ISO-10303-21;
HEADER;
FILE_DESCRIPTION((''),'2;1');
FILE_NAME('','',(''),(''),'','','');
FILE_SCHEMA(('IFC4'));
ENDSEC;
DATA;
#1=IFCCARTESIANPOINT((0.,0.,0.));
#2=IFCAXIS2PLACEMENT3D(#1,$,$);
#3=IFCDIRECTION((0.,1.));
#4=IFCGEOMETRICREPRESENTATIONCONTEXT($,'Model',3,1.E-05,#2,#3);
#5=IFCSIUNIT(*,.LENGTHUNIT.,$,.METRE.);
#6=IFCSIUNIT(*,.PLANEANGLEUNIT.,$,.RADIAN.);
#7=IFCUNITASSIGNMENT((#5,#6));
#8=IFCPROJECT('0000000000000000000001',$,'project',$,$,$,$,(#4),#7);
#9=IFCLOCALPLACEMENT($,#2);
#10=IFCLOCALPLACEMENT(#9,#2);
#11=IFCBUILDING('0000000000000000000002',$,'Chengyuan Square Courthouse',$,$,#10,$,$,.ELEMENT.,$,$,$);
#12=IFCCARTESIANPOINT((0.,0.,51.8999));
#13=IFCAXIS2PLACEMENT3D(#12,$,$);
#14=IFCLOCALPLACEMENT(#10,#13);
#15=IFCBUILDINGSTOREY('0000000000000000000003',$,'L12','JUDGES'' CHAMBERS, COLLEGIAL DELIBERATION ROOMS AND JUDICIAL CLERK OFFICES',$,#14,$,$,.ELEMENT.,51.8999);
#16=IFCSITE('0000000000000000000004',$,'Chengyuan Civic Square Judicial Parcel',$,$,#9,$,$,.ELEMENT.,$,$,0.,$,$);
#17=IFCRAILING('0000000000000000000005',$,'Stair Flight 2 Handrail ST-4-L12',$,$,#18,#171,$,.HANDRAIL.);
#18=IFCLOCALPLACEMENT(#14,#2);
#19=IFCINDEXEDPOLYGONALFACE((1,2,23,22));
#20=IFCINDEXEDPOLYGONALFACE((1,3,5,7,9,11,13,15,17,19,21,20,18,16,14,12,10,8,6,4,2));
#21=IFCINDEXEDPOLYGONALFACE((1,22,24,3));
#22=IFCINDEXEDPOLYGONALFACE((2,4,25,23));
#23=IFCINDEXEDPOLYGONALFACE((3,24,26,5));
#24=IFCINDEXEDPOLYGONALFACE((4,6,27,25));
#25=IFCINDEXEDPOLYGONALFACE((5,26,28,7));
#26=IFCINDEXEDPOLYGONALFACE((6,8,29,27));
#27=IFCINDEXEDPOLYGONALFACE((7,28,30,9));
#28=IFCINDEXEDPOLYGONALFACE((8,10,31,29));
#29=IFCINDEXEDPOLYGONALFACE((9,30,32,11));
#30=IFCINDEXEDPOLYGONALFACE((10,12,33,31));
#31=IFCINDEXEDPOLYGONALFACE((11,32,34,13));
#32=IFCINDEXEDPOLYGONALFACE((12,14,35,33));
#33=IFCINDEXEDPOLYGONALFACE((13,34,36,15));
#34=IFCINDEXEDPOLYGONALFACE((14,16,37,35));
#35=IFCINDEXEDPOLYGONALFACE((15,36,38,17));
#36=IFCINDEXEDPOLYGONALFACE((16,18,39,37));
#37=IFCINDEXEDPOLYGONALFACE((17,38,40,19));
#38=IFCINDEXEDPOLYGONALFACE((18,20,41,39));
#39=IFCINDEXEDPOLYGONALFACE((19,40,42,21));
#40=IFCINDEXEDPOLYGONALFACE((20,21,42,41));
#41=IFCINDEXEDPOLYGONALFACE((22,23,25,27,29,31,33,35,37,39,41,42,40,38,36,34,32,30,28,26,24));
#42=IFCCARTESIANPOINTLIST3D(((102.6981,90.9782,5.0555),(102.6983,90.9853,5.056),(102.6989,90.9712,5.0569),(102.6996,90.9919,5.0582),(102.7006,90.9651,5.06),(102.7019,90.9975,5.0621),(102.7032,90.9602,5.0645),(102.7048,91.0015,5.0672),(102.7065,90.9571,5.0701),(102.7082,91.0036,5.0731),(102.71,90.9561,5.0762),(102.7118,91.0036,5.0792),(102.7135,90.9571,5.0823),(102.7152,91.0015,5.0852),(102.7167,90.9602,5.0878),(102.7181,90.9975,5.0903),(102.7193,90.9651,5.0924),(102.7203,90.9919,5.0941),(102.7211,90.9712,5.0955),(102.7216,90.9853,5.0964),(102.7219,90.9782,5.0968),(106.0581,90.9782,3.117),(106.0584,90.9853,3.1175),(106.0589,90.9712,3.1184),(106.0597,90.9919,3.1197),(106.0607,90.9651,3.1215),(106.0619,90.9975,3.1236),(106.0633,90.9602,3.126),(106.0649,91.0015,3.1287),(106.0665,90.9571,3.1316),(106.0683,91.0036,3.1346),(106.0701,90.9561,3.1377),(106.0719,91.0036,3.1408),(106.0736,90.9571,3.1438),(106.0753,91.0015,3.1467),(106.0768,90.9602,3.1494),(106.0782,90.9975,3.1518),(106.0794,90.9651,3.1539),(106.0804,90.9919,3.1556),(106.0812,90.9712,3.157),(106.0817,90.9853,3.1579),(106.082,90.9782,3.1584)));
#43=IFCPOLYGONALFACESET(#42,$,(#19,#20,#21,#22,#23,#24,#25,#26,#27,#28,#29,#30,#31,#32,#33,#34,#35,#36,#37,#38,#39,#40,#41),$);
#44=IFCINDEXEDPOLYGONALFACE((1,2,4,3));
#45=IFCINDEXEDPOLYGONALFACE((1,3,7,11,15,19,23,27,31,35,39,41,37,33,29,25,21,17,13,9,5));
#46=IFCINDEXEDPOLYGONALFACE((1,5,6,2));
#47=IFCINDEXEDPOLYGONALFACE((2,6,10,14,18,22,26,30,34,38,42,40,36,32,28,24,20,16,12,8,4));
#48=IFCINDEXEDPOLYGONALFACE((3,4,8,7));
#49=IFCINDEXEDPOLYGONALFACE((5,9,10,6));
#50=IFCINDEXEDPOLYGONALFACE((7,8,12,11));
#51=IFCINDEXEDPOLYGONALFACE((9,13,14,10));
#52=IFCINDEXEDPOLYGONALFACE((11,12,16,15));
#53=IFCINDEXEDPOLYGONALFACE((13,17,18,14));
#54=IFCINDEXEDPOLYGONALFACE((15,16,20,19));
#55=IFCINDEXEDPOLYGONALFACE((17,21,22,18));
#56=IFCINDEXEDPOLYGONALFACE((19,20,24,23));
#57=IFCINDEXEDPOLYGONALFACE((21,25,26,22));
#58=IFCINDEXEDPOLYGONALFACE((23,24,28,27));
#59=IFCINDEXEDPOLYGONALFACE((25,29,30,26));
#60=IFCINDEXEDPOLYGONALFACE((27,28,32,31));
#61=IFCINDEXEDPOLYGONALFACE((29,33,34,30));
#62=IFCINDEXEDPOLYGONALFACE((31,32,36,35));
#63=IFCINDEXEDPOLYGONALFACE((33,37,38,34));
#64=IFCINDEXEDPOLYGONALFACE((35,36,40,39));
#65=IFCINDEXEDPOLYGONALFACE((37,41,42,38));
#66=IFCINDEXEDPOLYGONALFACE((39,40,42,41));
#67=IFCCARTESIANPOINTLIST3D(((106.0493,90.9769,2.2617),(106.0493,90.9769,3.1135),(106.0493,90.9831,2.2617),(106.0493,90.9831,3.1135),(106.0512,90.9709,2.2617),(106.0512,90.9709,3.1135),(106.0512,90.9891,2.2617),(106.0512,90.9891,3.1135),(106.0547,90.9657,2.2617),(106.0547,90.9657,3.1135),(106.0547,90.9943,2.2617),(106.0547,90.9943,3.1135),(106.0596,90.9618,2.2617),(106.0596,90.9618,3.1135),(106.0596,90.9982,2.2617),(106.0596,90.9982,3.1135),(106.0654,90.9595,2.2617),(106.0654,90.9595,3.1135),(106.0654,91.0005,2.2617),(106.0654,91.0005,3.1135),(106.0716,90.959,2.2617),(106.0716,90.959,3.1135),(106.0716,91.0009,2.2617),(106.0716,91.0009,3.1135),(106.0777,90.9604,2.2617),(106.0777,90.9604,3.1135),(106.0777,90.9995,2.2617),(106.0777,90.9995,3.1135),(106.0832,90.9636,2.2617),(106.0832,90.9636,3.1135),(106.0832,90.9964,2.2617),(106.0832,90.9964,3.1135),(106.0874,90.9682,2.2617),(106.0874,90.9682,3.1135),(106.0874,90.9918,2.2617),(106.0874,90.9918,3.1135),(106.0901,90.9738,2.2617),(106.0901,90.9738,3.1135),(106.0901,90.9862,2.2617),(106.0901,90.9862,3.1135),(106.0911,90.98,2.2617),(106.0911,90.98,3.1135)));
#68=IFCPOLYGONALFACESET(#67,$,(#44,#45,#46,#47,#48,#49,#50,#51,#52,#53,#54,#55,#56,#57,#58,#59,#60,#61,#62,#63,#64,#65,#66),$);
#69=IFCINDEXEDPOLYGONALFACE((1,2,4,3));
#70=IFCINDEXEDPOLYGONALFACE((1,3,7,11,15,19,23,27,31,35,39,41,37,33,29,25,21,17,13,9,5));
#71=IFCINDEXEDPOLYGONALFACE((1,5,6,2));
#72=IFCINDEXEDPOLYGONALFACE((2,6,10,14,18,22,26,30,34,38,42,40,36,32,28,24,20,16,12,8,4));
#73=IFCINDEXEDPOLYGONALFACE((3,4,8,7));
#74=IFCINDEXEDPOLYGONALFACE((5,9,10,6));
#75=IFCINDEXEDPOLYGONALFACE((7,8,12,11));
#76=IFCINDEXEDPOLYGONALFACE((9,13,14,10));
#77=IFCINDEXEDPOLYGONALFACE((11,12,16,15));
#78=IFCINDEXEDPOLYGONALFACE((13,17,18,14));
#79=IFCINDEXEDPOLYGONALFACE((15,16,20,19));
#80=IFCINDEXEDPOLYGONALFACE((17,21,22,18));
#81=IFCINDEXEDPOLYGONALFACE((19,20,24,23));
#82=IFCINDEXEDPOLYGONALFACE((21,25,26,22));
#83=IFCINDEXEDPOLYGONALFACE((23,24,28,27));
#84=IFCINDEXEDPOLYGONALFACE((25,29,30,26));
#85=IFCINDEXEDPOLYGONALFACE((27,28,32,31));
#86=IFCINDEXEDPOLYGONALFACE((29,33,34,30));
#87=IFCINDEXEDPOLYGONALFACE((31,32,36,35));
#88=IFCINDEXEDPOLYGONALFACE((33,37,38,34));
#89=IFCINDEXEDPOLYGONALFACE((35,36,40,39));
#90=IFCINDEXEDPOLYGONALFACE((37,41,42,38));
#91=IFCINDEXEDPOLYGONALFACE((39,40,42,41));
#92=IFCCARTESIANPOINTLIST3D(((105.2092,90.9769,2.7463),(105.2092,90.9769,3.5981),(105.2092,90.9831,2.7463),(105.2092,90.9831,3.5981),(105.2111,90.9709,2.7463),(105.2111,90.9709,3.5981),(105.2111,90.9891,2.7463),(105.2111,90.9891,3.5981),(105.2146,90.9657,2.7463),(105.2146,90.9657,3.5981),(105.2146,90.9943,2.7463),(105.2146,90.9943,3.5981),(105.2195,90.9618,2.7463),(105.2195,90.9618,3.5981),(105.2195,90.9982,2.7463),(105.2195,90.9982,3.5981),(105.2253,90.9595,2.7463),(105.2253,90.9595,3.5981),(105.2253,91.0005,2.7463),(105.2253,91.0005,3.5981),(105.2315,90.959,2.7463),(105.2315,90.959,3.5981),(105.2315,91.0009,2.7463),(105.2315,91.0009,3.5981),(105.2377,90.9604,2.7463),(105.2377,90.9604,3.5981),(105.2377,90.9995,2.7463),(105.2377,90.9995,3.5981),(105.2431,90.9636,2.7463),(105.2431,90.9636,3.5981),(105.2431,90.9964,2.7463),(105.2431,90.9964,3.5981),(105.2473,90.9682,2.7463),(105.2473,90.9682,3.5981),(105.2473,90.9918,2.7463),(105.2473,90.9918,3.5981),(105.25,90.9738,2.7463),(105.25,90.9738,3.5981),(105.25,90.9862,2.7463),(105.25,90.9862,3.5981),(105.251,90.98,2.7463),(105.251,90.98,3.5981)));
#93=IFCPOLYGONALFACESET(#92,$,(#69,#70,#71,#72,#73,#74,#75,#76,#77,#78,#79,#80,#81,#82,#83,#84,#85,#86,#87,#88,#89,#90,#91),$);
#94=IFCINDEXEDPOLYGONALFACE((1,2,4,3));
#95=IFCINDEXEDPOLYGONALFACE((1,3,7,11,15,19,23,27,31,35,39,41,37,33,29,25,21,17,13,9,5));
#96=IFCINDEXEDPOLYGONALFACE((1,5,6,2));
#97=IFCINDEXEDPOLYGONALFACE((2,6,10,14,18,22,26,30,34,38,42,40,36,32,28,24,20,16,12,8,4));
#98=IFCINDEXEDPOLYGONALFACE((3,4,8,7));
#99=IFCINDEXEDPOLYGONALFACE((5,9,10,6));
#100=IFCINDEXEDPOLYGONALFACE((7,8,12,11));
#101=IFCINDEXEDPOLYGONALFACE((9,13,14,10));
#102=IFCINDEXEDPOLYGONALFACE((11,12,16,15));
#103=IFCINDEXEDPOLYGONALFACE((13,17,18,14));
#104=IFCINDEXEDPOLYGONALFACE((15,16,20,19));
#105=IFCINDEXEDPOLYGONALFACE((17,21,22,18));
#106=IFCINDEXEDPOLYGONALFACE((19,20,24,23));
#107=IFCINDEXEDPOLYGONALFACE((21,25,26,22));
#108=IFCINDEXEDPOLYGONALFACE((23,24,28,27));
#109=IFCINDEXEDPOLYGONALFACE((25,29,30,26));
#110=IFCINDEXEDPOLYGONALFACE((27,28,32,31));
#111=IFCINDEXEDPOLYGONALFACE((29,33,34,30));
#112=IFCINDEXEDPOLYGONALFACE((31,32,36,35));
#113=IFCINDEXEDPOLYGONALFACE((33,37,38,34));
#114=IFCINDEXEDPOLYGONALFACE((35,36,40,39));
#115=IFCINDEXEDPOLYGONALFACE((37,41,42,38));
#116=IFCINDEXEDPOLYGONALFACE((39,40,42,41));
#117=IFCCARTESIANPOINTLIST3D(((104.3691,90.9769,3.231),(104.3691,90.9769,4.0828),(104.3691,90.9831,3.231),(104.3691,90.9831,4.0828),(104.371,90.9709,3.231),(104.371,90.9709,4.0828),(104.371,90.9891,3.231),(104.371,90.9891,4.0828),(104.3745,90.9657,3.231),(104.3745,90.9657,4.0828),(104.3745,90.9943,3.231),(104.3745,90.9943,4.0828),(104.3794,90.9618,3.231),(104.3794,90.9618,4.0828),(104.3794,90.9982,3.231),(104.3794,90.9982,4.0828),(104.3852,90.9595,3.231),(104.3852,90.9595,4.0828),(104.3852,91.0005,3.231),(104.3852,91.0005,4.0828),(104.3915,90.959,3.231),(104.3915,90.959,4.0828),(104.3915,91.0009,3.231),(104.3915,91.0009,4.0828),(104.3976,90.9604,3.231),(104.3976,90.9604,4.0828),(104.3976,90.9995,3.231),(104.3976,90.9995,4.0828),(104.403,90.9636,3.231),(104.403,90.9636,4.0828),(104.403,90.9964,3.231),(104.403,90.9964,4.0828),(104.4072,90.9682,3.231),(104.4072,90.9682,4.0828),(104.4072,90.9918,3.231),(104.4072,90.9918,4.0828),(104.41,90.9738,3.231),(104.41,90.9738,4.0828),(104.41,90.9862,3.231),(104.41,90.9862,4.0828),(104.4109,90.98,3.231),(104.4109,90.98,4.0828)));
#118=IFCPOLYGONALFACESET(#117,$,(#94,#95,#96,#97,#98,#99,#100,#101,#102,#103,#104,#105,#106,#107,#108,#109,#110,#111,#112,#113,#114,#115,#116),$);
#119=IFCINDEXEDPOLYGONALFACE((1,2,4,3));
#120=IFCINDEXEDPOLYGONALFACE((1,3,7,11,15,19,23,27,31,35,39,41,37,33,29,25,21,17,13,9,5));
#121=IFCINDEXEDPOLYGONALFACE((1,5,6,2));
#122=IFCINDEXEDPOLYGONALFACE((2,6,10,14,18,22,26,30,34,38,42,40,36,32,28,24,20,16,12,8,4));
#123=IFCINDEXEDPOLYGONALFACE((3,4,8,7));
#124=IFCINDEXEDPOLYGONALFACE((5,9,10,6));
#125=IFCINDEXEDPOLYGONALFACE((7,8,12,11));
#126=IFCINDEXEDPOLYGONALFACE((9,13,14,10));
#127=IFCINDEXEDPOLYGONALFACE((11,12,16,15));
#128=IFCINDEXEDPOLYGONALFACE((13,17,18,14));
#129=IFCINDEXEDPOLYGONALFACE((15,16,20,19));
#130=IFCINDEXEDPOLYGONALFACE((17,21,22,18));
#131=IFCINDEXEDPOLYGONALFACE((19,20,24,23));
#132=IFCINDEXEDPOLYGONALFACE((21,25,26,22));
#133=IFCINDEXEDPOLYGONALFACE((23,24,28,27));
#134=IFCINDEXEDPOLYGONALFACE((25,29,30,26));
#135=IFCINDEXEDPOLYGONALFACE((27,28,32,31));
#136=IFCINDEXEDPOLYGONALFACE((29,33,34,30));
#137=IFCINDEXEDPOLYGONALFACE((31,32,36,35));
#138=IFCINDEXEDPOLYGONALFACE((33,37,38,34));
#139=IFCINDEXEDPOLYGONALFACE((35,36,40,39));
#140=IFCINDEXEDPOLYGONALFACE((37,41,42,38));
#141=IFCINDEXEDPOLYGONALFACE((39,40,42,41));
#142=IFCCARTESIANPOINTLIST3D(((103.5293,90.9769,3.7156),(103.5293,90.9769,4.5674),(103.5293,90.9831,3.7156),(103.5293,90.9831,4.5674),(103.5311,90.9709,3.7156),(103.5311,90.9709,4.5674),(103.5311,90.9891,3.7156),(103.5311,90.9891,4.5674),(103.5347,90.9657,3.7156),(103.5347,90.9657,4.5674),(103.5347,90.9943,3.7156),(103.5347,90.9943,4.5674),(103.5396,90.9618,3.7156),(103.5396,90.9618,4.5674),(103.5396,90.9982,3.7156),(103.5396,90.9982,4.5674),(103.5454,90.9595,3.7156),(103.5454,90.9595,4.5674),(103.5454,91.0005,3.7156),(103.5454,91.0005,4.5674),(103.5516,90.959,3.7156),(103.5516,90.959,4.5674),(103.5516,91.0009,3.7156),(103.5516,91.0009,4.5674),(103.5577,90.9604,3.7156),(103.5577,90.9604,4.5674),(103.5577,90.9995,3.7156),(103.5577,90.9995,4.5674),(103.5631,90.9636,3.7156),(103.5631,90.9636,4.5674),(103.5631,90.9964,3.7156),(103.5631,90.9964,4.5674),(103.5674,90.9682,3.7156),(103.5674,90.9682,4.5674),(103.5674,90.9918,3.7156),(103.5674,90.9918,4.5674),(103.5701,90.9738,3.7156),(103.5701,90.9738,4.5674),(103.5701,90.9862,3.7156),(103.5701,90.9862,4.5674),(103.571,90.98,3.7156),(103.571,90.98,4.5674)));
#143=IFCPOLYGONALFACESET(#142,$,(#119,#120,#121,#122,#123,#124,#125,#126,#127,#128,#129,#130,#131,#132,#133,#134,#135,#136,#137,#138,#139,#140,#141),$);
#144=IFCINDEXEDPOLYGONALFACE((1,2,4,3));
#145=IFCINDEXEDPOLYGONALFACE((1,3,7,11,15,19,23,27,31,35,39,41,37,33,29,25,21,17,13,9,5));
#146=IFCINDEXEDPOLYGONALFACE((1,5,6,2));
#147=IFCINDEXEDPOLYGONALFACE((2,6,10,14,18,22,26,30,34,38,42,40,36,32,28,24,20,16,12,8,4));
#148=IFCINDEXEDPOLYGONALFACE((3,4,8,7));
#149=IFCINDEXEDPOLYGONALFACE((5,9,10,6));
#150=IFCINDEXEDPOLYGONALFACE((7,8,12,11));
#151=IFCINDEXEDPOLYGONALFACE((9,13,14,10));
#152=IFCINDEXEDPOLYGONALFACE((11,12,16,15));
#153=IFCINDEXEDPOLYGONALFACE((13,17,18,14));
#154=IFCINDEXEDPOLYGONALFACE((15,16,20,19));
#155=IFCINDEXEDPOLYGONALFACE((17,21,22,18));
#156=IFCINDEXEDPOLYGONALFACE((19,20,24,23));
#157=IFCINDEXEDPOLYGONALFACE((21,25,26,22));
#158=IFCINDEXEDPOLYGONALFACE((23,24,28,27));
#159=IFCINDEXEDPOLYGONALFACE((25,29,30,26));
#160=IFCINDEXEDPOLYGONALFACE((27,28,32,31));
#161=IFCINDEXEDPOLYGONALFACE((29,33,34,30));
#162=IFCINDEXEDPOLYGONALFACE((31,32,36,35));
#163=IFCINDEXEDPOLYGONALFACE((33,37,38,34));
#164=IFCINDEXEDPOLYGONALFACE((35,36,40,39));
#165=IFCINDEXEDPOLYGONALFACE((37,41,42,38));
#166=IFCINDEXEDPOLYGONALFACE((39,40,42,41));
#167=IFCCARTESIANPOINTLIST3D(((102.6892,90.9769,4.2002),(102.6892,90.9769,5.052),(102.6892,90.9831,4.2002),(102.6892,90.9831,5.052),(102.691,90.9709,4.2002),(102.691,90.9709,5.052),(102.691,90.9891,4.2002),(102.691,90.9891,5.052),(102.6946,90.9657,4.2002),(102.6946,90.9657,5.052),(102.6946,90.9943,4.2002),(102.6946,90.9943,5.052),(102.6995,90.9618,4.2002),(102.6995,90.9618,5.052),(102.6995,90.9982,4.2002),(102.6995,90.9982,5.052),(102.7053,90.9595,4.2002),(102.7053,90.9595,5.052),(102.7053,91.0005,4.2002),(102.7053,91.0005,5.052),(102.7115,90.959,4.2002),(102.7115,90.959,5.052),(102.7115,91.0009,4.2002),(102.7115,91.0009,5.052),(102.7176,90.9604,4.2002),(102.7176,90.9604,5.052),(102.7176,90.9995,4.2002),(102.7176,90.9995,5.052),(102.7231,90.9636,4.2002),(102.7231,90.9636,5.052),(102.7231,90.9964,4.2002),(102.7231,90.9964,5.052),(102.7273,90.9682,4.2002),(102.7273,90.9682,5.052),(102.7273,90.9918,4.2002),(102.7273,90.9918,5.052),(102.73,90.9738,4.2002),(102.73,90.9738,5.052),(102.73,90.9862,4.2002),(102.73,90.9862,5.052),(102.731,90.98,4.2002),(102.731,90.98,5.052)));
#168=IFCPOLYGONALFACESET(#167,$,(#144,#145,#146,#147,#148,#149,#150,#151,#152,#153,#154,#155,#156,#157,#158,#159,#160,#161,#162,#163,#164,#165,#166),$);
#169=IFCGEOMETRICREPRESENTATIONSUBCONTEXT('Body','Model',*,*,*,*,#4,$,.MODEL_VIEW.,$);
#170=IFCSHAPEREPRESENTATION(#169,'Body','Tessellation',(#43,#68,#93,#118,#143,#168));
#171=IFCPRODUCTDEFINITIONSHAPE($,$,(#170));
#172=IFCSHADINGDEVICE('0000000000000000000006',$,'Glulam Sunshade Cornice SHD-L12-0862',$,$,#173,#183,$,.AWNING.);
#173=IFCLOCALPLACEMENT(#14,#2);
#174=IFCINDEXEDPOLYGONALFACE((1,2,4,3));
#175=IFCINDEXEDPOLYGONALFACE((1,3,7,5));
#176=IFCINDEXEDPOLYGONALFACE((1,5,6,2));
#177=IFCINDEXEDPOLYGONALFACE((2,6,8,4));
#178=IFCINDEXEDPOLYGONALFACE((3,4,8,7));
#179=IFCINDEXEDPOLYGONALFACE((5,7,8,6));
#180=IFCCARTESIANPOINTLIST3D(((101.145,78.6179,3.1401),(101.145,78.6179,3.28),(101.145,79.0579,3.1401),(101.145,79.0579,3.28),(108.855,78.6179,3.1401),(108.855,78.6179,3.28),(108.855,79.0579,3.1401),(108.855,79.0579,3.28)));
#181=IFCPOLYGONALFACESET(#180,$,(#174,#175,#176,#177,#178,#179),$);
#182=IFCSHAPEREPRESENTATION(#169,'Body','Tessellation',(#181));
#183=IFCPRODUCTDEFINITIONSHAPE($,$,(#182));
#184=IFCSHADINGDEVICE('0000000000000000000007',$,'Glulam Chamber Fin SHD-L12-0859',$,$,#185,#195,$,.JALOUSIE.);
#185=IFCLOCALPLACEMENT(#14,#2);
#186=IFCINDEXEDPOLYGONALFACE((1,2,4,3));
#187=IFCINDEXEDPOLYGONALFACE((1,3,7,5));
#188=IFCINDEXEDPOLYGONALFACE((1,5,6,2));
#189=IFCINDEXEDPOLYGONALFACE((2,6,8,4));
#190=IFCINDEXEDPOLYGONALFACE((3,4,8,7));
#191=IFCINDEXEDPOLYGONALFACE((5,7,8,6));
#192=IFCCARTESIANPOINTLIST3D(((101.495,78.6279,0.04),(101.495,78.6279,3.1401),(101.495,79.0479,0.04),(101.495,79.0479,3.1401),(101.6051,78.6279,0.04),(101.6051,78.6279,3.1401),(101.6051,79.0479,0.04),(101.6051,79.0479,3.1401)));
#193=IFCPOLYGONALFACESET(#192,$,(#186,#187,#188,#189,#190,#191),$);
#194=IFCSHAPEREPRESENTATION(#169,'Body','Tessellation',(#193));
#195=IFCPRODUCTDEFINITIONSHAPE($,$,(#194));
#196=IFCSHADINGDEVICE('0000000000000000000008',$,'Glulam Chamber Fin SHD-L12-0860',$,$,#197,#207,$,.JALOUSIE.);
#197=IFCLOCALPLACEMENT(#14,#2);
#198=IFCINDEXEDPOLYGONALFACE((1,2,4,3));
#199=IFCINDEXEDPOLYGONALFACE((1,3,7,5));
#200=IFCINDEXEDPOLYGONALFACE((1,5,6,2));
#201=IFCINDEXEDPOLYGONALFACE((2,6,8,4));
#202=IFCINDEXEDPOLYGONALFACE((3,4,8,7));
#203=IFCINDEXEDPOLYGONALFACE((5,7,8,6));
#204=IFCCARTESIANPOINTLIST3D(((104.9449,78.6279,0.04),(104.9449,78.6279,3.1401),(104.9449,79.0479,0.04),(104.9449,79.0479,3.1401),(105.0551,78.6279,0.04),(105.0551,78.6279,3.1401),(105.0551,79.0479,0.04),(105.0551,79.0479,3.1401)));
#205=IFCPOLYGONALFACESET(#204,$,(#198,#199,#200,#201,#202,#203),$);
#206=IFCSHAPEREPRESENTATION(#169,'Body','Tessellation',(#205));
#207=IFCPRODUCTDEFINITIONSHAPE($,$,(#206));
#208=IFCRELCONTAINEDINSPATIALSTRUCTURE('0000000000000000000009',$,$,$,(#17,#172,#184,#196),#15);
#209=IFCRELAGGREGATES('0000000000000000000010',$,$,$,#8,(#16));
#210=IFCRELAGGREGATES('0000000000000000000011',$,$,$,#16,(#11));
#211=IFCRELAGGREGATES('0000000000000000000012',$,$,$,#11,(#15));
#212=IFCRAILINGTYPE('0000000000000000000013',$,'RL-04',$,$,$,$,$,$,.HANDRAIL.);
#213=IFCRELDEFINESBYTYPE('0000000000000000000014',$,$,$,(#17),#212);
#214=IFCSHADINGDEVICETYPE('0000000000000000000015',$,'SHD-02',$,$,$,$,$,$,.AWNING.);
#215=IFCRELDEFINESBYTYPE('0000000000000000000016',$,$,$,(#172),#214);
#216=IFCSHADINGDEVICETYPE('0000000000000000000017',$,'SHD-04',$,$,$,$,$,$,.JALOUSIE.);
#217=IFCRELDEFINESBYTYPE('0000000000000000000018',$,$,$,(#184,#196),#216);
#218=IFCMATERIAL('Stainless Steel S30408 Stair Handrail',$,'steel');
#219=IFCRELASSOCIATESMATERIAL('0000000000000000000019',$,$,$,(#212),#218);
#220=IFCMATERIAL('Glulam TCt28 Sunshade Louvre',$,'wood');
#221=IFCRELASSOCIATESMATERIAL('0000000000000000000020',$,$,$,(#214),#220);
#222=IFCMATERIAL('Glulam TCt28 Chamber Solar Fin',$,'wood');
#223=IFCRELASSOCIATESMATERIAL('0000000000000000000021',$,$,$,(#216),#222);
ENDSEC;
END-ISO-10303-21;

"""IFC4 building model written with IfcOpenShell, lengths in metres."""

from ifc_helpers import new_model, si_unit, direction, frame, origin, origin_2d, place, context, subcontext, project, spatial, rectangle, circle, extrude, material, type_object, element, save


model = new_model("IFC4")

# Units and contexts
model_context = context("Model", 3, precision=1e-05, world=origin(), true_north=direction((0.0, 1.0)))
body_context = subcontext(model_context, "Body", "Model", "MODEL_VIEW")
ifc_project = project(units=[si_unit("LENGTHUNIT", "METRE"), si_unit("PLANEANGLEUNIT", "RADIAN")], contexts=[model_context])

# Site, building, storey
site_placement = place(None, origin())
site = spatial("IfcSite", under=ifc_project, at=site_placement, Name="Chengyuan Civic Square Judicial Parcel", CompositionType="ELEMENT", RefElevation=0.0)
building_placement = place(site_placement, origin())
building = spatial("IfcBuilding", under=site, at=building_placement, Name="Chengyuan Square Courthouse", CompositionType="ELEMENT")
storey_placement = place(building_placement, frame((0.0, 0.0, 51.8999)))
storey = spatial("IfcBuildingStorey", under=building, at=storey_placement, Name="L12", Description="JUDGES' CHAMBERS, COLLEGIAL DELIBERATION ROOMS AND JUDICIAL CLERK OFFICES", CompositionType="ELEMENT", Elevation=51.8999)

# Railing
ifc_material_1 = material(Name="Stainless Steel S30408 Stair Handrail", Category="steel")
railing_type_1 = type_object("IfcRailingType", Name="RL-04", PredefinedType="HANDRAIL", material=ifc_material_1)
railing_1_placement = place(storey_placement, frame((106.0701, 90.98, 2.2617)))
element("IfcRailing", 1, at=railing_1_placement, inside=storey, type_object=railing_type_1, Name="Stair Flight 2 Handrail ST-4-L12", PredefinedType="HANDRAIL", context=body_context, shape_type="SweptSolid", body=[
    extrude(circle(Radius=0.0239, at=origin_2d()), frame((0.0, 0.0, 0.876), z_axis=(-0.866191, 0.0, 0.499713), x_axis=(0.0, -1.0, 0.0)), (0.0, 0.0, 1.0), 3.8792),
    extrude(circle(Radius=0.021, at=origin_2d()), origin(), (0.0, 0.0, 1.0), 0.8518),
    extrude(circle(Radius=0.021, at=origin_2d()), frame((-0.8401, 0.0, 0.4846)), (0.0, 0.0, 1.0), 0.8518),
    extrude(circle(Radius=0.021, at=origin_2d()), frame((-1.6802, 0.0, 0.9692)), (0.0, 0.0, 1.0), 0.8518),
    extrude(circle(Radius=0.021, at=origin_2d()), frame((-2.52, 0.0, 1.4539)), (0.0, 0.0, 1.0), 0.8518),
    extrude(circle(Radius=0.021, at=origin_2d()), frame((-3.3601, 0.0, 1.9385)), (0.0, 0.0, 1.0), 0.8518),
])

# Shading devices
ifc_material_2 = material(Name="Glulam TCt28 Sunshade Louvre", Category="wood")
shading_device_type_1 = type_object("IfcShadingDeviceType", Name="SHD-02", PredefinedType="AWNING", material=ifc_material_2)
shading_device_placement = place(storey_placement, frame((105.0, 78.8379, 3.1401), z_axis=(0.0, 0.0, 1.0), x_axis=(1.0, 0.0, 0.0)))
element("IfcShadingDevice", 2, at=shading_device_placement, inside=storey, type_object=shading_device_type_1, Name="Glulam Sunshade Cornice SHD-L12-0862", PredefinedType="AWNING", context=body_context, shape_type="SweptSolid", body=[
    extrude(rectangle(XDim=7.71, YDim=0.4399, at=origin_2d()), origin(), (0.0, 0.0, 1.0), 0.1399),
])
ifc_material_3 = material(Name="Glulam TCt28 Chamber Solar Fin", Category="wood")
shading_device_type_2 = type_object("IfcShadingDeviceType", Name="SHD-04", PredefinedType="JALOUSIE", material=ifc_material_3)
for number, where, z_axis, x_axis, name in (
    (3, (101.55, 78.8379, 0.04), (0.0, 0.0, 1.0), (0.0, 1.0, 0.0), "Glulam Chamber Fin SHD-L12-0859"),
    (4, (105.0, 78.8379, 0.04), (0.0, 0.0, 1.0), (0.0, 1.0, 0.0), "Glulam Chamber Fin SHD-L12-0860"),
):
    element("IfcShadingDevice", number, at=place(storey_placement, frame(where, z_axis=z_axis, x_axis=x_axis)), inside=storey, type_object=shading_device_type_2, Name=name, PredefinedType="JALOUSIE", context=body_context, shape_type="SweptSolid", body=[
        extrude(rectangle(XDim=0.4199, YDim=0.1101, at=origin_2d()), origin(), (0.0, 0.0, 1.0), 3.1001),
    ])

save(model, "model.ifc")
